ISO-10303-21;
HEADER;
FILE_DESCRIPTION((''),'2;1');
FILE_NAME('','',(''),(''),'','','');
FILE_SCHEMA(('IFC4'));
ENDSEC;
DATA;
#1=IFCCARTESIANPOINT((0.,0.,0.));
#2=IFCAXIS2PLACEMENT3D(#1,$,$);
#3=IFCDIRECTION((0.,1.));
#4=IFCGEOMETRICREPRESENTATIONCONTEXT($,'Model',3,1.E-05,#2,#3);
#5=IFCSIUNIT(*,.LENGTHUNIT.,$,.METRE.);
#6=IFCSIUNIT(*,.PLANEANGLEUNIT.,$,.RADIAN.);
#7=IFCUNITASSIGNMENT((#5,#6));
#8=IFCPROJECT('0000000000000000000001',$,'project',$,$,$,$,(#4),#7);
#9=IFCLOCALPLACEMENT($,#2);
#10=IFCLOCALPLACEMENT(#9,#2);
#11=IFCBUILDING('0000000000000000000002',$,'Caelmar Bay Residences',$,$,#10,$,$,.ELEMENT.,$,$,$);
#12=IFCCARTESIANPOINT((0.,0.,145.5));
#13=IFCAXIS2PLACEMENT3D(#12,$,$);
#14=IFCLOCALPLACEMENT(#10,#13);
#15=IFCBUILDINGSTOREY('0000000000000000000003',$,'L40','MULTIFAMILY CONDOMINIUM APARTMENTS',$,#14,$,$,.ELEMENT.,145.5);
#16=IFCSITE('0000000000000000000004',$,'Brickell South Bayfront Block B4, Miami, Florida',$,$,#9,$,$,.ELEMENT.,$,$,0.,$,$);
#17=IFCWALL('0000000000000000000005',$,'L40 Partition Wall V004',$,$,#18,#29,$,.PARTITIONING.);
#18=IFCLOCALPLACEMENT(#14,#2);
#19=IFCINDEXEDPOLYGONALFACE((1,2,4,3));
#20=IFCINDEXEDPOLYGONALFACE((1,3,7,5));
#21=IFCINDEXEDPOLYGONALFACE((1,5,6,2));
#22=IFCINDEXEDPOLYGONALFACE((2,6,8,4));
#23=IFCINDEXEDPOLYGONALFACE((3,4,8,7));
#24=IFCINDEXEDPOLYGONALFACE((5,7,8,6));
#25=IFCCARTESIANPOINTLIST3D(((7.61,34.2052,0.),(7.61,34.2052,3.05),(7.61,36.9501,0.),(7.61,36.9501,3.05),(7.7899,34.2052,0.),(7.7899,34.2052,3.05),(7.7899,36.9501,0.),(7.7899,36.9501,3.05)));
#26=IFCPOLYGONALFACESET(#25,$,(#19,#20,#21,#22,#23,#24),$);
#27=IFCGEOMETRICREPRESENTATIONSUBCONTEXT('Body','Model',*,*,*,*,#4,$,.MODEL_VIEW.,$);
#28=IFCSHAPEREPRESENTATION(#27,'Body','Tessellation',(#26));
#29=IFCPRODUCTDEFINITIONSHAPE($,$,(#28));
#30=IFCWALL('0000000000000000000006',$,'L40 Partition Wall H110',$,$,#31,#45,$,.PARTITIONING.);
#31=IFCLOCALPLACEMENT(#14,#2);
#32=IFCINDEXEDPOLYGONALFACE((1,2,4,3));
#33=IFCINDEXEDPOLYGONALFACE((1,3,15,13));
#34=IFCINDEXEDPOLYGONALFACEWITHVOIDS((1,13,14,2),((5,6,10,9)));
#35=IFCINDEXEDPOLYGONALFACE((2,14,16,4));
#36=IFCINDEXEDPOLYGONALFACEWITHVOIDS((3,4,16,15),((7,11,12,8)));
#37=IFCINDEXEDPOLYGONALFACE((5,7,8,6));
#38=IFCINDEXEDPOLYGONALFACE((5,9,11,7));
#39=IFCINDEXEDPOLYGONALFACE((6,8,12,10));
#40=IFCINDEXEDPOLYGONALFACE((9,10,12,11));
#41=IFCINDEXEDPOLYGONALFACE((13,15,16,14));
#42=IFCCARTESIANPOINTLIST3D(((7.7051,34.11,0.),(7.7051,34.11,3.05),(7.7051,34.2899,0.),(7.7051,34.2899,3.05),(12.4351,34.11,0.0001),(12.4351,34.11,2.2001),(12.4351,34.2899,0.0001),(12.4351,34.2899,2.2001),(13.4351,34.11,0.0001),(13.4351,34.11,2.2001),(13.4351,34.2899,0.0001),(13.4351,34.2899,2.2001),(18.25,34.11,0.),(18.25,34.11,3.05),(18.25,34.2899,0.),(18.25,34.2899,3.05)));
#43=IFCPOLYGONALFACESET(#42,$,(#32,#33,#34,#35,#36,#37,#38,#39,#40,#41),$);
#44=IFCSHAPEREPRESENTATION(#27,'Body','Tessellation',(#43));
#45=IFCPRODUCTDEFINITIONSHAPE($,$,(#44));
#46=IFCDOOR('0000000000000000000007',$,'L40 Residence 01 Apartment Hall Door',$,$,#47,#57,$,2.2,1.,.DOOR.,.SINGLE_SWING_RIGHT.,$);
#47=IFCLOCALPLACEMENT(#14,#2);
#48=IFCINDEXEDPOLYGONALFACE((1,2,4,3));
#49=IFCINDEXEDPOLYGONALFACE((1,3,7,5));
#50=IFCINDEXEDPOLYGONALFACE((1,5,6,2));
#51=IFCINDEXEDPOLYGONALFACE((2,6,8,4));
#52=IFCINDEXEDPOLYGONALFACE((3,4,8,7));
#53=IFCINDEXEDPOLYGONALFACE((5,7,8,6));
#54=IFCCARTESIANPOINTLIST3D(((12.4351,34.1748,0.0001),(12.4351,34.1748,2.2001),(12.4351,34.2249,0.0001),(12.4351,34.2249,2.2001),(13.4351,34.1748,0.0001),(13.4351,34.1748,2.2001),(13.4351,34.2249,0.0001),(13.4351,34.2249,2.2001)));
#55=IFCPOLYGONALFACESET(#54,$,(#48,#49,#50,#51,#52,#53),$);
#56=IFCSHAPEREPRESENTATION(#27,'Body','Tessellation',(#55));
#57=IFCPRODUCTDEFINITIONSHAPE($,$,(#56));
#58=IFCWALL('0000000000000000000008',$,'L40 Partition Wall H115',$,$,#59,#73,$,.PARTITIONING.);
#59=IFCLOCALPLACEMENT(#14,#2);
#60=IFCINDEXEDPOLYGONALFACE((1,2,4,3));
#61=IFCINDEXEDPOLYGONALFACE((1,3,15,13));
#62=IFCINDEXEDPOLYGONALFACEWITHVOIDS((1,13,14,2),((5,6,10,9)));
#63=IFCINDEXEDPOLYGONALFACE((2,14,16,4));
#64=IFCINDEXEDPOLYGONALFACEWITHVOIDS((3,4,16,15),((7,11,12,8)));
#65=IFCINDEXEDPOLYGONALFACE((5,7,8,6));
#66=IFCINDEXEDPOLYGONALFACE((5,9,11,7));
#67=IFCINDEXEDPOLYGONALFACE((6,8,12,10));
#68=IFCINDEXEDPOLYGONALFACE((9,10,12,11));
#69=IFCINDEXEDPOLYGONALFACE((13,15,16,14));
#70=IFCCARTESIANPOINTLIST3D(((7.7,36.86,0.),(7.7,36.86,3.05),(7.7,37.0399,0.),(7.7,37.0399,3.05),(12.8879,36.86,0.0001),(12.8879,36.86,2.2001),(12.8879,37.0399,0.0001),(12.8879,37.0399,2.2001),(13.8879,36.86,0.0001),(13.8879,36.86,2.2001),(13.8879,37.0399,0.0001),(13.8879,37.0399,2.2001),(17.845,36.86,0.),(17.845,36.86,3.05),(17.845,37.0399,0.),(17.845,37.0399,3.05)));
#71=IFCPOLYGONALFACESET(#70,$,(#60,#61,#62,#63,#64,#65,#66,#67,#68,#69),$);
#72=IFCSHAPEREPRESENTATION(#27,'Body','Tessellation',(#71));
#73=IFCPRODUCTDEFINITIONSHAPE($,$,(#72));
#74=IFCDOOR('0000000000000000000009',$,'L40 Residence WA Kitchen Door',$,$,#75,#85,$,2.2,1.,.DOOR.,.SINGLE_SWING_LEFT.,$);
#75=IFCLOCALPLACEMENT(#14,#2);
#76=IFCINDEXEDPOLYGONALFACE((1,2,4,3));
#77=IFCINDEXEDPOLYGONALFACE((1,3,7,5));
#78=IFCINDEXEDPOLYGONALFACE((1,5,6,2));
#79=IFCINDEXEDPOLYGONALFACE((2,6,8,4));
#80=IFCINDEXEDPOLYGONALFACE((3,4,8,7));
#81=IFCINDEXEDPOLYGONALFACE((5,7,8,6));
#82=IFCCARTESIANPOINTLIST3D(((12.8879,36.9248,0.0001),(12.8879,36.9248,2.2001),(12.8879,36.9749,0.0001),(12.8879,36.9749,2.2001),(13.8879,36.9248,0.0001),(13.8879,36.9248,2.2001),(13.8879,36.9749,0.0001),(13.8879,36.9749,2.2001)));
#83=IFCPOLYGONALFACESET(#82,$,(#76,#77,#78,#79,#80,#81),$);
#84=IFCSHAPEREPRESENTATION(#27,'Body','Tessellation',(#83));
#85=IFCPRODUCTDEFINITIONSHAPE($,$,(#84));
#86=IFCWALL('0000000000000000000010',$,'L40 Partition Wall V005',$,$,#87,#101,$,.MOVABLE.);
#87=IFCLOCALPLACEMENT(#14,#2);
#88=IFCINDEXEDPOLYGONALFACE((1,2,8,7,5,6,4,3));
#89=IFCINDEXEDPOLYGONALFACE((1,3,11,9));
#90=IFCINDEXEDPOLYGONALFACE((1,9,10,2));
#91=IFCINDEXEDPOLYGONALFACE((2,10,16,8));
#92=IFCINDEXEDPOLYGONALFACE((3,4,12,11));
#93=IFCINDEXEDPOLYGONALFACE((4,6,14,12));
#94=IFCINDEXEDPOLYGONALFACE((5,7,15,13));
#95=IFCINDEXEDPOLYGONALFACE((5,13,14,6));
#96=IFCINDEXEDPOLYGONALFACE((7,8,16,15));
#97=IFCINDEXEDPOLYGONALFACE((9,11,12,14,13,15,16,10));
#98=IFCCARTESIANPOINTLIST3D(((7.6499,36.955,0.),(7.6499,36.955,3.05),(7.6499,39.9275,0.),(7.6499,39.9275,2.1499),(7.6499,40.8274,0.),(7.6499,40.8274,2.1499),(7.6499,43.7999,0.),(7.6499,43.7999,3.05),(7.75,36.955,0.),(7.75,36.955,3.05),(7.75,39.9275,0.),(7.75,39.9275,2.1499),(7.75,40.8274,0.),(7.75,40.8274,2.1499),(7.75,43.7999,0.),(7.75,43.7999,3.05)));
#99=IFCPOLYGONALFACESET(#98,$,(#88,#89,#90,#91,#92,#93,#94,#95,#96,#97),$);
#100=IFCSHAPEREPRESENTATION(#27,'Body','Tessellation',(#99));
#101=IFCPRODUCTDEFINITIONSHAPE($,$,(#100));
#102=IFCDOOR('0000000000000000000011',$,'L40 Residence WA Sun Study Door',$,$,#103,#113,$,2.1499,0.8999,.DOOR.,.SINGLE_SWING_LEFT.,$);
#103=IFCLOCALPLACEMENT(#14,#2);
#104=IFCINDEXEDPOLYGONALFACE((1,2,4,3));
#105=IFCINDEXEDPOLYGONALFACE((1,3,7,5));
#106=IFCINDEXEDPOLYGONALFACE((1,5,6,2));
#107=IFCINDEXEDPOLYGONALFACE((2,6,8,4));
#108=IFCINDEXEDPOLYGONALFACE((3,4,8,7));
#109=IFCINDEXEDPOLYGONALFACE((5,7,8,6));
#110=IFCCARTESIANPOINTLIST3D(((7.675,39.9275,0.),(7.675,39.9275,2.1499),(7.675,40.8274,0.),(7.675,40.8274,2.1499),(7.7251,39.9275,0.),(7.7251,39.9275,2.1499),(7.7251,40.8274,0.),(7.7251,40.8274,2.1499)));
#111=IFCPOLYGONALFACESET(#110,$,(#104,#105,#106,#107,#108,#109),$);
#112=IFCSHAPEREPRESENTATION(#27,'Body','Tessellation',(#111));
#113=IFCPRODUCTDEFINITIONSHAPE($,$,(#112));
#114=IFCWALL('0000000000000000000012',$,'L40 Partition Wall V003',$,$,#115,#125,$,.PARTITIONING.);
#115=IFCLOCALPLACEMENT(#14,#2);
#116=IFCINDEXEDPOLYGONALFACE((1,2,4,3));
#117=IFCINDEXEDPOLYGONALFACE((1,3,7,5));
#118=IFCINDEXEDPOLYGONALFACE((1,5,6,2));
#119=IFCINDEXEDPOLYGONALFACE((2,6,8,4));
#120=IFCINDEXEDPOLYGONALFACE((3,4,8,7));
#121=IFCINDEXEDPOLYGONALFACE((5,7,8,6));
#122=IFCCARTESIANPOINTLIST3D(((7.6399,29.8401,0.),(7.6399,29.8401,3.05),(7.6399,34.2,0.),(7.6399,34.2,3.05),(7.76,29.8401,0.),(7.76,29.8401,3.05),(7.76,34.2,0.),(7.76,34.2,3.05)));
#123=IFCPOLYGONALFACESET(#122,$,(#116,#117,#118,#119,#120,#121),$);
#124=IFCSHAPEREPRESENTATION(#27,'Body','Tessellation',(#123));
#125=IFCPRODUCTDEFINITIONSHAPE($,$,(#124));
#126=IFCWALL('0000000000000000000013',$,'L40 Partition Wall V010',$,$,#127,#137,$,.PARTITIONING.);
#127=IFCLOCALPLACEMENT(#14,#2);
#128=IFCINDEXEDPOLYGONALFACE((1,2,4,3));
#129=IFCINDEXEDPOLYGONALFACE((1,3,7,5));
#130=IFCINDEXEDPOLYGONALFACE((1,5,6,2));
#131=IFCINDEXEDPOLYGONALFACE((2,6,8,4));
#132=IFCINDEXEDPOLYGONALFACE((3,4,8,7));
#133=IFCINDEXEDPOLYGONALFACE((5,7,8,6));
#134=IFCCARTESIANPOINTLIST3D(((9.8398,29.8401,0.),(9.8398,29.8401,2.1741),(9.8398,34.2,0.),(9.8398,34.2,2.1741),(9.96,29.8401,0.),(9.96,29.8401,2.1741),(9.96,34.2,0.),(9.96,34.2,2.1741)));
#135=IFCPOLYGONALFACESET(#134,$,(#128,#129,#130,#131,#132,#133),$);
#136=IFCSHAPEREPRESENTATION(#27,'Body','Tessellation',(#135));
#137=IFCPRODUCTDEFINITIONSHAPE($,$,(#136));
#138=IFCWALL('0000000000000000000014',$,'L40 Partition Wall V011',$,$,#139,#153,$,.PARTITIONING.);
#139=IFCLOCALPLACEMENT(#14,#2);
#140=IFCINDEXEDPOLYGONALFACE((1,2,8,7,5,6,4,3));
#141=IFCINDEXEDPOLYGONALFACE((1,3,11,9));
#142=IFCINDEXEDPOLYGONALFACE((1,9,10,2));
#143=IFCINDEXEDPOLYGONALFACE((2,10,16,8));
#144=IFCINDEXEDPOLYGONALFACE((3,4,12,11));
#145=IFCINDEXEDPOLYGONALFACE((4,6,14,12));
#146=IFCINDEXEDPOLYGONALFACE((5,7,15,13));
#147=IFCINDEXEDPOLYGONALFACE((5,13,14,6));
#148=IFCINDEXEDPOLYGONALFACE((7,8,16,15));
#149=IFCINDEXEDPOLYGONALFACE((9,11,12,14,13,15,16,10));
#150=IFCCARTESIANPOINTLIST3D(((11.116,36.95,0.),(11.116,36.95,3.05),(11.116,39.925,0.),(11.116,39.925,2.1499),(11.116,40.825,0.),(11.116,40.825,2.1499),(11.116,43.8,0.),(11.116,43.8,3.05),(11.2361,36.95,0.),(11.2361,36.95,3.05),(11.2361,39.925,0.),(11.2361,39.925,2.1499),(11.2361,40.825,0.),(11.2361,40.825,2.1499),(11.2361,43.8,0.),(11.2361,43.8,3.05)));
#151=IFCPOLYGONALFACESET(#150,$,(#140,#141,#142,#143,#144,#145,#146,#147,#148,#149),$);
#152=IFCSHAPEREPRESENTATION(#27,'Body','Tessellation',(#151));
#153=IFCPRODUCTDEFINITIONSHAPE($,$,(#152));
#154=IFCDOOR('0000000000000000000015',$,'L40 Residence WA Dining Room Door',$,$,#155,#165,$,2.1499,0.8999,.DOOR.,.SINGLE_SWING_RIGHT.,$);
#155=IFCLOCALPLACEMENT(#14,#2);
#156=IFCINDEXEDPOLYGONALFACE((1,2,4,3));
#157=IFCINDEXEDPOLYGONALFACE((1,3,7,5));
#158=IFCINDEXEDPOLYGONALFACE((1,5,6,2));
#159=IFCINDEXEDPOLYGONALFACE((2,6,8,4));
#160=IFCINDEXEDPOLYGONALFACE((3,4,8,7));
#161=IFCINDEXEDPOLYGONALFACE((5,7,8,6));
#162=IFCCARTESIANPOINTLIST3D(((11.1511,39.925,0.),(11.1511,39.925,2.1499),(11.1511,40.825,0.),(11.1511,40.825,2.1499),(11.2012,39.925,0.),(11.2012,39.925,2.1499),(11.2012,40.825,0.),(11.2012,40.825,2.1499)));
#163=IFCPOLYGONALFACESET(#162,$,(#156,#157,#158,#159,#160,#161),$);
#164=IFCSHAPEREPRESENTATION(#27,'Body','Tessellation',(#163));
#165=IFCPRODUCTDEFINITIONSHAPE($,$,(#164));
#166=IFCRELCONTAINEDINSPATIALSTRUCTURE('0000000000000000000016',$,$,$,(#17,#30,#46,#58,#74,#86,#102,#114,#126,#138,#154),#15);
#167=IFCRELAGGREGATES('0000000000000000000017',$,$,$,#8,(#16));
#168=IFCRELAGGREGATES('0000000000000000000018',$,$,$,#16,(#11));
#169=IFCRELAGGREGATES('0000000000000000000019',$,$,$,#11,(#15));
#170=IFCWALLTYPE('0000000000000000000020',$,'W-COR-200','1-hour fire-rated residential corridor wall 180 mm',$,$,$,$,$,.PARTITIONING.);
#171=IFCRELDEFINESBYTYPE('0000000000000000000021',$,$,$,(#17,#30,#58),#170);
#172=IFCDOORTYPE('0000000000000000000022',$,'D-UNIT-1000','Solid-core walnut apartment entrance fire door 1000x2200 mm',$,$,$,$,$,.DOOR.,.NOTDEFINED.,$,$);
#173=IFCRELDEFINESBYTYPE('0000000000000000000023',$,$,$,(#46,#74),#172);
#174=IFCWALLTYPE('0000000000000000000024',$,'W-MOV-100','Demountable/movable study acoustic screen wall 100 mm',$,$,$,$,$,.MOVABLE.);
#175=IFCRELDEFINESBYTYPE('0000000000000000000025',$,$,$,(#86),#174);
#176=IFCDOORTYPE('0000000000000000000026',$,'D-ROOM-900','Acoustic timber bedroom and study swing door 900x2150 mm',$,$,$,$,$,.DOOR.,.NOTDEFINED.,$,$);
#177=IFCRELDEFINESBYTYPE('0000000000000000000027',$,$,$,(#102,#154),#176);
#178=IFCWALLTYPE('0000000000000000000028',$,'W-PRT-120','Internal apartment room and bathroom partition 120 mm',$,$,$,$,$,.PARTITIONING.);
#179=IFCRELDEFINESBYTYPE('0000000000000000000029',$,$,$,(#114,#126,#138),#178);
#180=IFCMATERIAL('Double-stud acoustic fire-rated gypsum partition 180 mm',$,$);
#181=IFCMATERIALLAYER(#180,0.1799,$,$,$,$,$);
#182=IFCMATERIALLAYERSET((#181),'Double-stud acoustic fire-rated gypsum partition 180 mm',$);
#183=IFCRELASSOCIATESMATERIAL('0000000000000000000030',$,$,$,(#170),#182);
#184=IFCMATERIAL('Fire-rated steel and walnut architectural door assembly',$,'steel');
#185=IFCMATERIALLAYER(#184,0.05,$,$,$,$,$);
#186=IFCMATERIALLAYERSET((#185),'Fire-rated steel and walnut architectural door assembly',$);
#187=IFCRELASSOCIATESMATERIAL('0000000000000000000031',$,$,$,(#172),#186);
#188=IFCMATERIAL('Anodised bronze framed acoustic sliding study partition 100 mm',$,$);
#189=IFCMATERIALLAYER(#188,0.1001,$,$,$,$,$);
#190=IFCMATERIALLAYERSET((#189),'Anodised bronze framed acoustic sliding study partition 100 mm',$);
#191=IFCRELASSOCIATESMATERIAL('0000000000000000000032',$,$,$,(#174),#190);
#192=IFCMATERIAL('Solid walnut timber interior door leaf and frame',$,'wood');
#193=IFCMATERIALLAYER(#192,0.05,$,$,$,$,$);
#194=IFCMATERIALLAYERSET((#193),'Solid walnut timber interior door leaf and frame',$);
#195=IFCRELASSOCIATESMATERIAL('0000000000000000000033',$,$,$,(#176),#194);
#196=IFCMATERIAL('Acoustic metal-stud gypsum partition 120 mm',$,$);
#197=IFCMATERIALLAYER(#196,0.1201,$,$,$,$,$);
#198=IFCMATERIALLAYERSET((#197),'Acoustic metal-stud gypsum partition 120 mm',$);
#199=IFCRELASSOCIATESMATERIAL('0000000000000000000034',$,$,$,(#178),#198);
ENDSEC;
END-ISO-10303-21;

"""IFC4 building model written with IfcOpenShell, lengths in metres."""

from ifc_helpers import new_model, si_unit, direction, frame, frame_2d, origin, place, context, subcontext, project, spatial, rectangle, extrude, material, layer, layer_set, type_object, element, fill, save


model = new_model("IFC4")

# Units and contexts
model_context = context("Model", 3, precision=1e-05, world=origin(), true_north=direction((0.0, 1.0)))
body_context = subcontext(model_context, "Body", "Model", "MODEL_VIEW")
ifc_project = project(units=[si_unit("LENGTHUNIT", "METRE"), si_unit("PLANEANGLEUNIT", "RADIAN")], contexts=[model_context])

# Site, building, storey
site_placement = place(None, origin())
site = spatial("IfcSite", under=ifc_project, at=site_placement, Name="Brickell South Bayfront Block B4, Miami, Florida", CompositionType="ELEMENT", RefElevation=0.0)
building_placement = place(site_placement, origin())
building = spatial("IfcBuilding", under=site, at=building_placement, Name="Caelmar Bay Residences", CompositionType="ELEMENT")
storey_placement = place(building_placement, frame((0.0, 0.0, 145.5)))
storey = spatial("IfcBuildingStorey", under=building, at=storey_placement, Name="L40", Description="MULTIFAMILY CONDOMINIUM APARTMENTS", CompositionType="ELEMENT", Elevation=145.5)

# Wall
ifc_material_1 = material(Name="Double-stud acoustic fire-rated gypsum partition 180 mm")
ifc_layer_1 = layer(ifc_material_1, 0.1799)
ifc_layer_set_1 = layer_set([ifc_layer_1], Name="Double-stud acoustic fire-rated gypsum partition 180 mm")
wall_type_1 = type_object("IfcWallType", Name="W-COR-200", Description="1-hour fire-rated residential corridor wall 180 mm", PredefinedType="PARTITIONING", material=ifc_layer_set_1)
wall_1_placement = place(storey_placement, frame((7.7, 34.2051, 0.0), z_axis=(0.0, 0.0, 1.0), x_axis=(0.0, 1.0, 0.0)))
element("IfcWall", 1, at=wall_1_placement, inside=storey, type_object=wall_type_1, Name="L40 Partition Wall V004", PredefinedType="PARTITIONING", context=body_context, shape_type="SweptSolid", body=[
    extrude(rectangle(XDim=2.7449, YDim=0.1799, at=frame_2d((1.3726, 0.0))), origin(), (0.0, 0.0, 1.0), 3.05),
])

# Walls, openings, doors
wall_2_placement = place(storey_placement, frame((7.7051, 34.2, 0.0), z_axis=(0.0, 0.0, 1.0), x_axis=(1.0, 0.0, 0.0)))
wall_2 = element("IfcWall", 2, at=wall_2_placement, inside=storey, type_object=wall_type_1, Name="L40 Partition Wall H110", PredefinedType="PARTITIONING", context=body_context, shape_type="SweptSolid", body=[
    extrude(rectangle(XDim=10.5449, YDim=0.1799, at=frame_2d((5.2725, 0.0))), origin(), (0.0, 0.0, 1.0), 3.05),
])
opening_1_placement = place(wall_2_placement, frame((4.73, 0.0, 0.0)))
opening_1 = element("IfcOpeningElement", 3, at=opening_1_placement, cuts=wall_2, PredefinedType="OPENING", context=body_context, shape_type="SweptSolid", body=[
    extrude(rectangle(XDim=1.0, YDim=2.2, at=frame_2d((0.5, 1.1001))), frame((0.0, 0.0999, 0.0), z_axis=(0.0, -1.0, 0.0), x_axis=(1.0, 0.0, 0.0)), (0.0, 0.0, 1.0), 0.2),
])
ifc_material_2 = material(Name="Fire-rated steel and walnut architectural door assembly", Category="steel")
ifc_layer_2 = layer(ifc_material_2, 0.05)
ifc_layer_set_2 = layer_set([ifc_layer_2], Name="Fire-rated steel and walnut architectural door assembly")
door_type_1 = type_object("IfcDoorType", Name="D-UNIT-1000", Description="Solid-core walnut apartment entrance fire door 1000x2200 mm", OperationType="NOTDEFINED", PredefinedType="DOOR", material=ifc_layer_set_2)
door_1_placement = place(opening_1_placement, origin())
door_1 = element("IfcDoor", 4, at=door_1_placement, inside=storey, type_object=door_type_1, Name="L40 Residence 01 Apartment Hall Door", OperationType="SINGLE_SWING_RIGHT", OverallHeight=2.2, OverallWidth=1.0, PredefinedType="DOOR", context=body_context, shape_type="SweptSolid", body=[
    extrude(rectangle(XDim=1.0, YDim=2.2, at=frame_2d((0.5, 1.1001))), frame((0.0, 0.0249, 0.0), z_axis=(0.0, -1.0, 0.0), x_axis=(1.0, 0.0, 0.0)), (0.0, 0.0, 1.0), 0.05),
])
fill(opening_1, door_1)
wall_3_placement = place(storey_placement, frame((7.7, 36.95, 0.0), z_axis=(0.0, 0.0, 1.0), x_axis=(1.0, 0.0, 0.0)))
wall_3 = element("IfcWall", 5, at=wall_3_placement, inside=storey, type_object=wall_type_1, Name="L40 Partition Wall H115", PredefinedType="PARTITIONING", context=body_context, shape_type="SweptSolid", body=[
    extrude(rectangle(XDim=10.145, YDim=0.1799, at=frame_2d((5.0725, 0.0))), origin(), (0.0, 0.0, 1.0), 3.05),
])
opening_2_placement = place(wall_3_placement, frame((5.188, 0.0, 0.0)))
opening_2 = element("IfcOpeningElement", 6, at=opening_2_placement, cuts=wall_3, PredefinedType="OPENING", context=body_context, shape_type="SweptSolid", body=[
    extrude(rectangle(XDim=1.0, YDim=2.2, at=frame_2d((0.5, 1.1001))), frame((0.0, 0.0999, 0.0), z_axis=(0.0, -1.0, 0.0), x_axis=(1.0, 0.0, 0.0)), (0.0, 0.0, 1.0), 0.2),
])
door_2_placement = place(opening_2_placement, origin())
door_2 = element("IfcDoor", 7, at=door_2_placement, inside=storey, type_object=door_type_1, Name="L40 Residence WA Kitchen Door", OperationType="SINGLE_SWING_LEFT", OverallHeight=2.2, OverallWidth=1.0, PredefinedType="DOOR", context=body_context, shape_type="SweptSolid", body=[
    extrude(rectangle(XDim=1.0, YDim=2.2, at=frame_2d((0.5, 1.1001))), frame((0.0, 0.0249, 0.0), z_axis=(0.0, -1.0, 0.0), x_axis=(1.0, 0.0, 0.0)), (0.0, 0.0, 1.0), 0.05),
])
fill(opening_2, door_2)
ifc_material_3 = material(Name="Anodised bronze framed acoustic sliding study partition 100 mm")
ifc_layer_3 = layer(ifc_material_3, 0.1001)
ifc_layer_set_3 = layer_set([ifc_layer_3], Name="Anodised bronze framed acoustic sliding study partition 100 mm")
wall_type_2 = type_object("IfcWallType", Name="W-MOV-100", Description="Demountable/movable study acoustic screen wall 100 mm", PredefinedType="MOVABLE", material=ifc_layer_set_3)
wall_4_placement = place(storey_placement, frame((7.7, 36.9551, 0.0), z_axis=(0.0, 0.0, 1.0), x_axis=(0.0, 1.0, 0.0)))
wall_4 = element("IfcWall", 8, at=wall_4_placement, inside=storey, type_object=wall_type_2, Name="L40 Partition Wall V005", PredefinedType="MOVABLE", context=body_context, shape_type="SweptSolid", body=[
    extrude(rectangle(XDim=6.845, YDim=0.1001, at=frame_2d((3.4224, 0.0))), origin(), (0.0, 0.0, 1.0), 3.05),
])
opening_3_placement = place(wall_4_placement, frame((2.9724, 0.0, 0.0)))
opening_3 = element("IfcOpeningElement", 9, at=opening_3_placement, cuts=wall_4, PredefinedType="OPENING", context=body_context, shape_type="SweptSolid", body=[
    extrude(rectangle(XDim=0.8999, YDim=2.1499, at=frame_2d((0.45, 1.075))), frame((0.0, 0.0601, 0.0), z_axis=(0.0, -1.0, 0.0), x_axis=(1.0, 0.0, 0.0)), (0.0, 0.0, 1.0), 0.1201),
])
ifc_material_4 = material(Name="Solid walnut timber interior door leaf and frame", Category="wood")
ifc_layer_4 = layer(ifc_material_4, 0.05)
ifc_layer_set_4 = layer_set([ifc_layer_4], Name="Solid walnut timber interior door leaf and frame")
door_type_2 = type_object("IfcDoorType", Name="D-ROOM-900", Description="Acoustic timber bedroom and study swing door 900x2150 mm", OperationType="NOTDEFINED", PredefinedType="DOOR", material=ifc_layer_set_4)
door_3_placement = place(opening_3_placement, origin())
door_3 = element("IfcDoor", 10, at=door_3_placement, inside=storey, type_object=door_type_2, Name="L40 Residence WA Sun Study Door", OperationType="SINGLE_SWING_LEFT", OverallHeight=2.1499, OverallWidth=0.8999, PredefinedType="DOOR", context=body_context, shape_type="SweptSolid", body=[
    extrude(rectangle(XDim=0.8999, YDim=2.1499, at=frame_2d((0.45, 1.075))), frame((0.0, 0.0249, 0.0), z_axis=(0.0, -1.0, 0.0), x_axis=(1.0, 0.0, 0.0)), (0.0, 0.0, 1.0), 0.05),
])
fill(opening_3, door_3)

# Walls
ifc_material_5 = material(Name="Acoustic metal-stud gypsum partition 120 mm")
ifc_layer_5 = layer(ifc_material_5, 0.1201)
ifc_layer_set_5 = layer_set([ifc_layer_5], Name="Acoustic metal-stud gypsum partition 120 mm")
wall_type_3 = type_object("IfcWallType", Name="W-PRT-120", Description="Internal apartment room and bathroom partition 120 mm", PredefinedType="PARTITIONING", material=ifc_layer_set_5)
wall_5_placement = place(storey_placement, frame((7.7, 29.8401, 0.0), z_axis=(0.0, 0.0, 1.0), x_axis=(0.0, 1.0, 0.0)))
element("IfcWall", 11, at=wall_5_placement, inside=storey, type_object=wall_type_3, Name="L40 Partition Wall V003", PredefinedType="PARTITIONING", context=body_context, shape_type="SweptSolid", body=[
    extrude(rectangle(XDim=4.3599, YDim=0.1201, at=frame_2d((2.1799, 0.0))), origin(), (0.0, 0.0, 1.0), 3.05),
])
wall_6_placement = place(storey_placement, frame((9.8999, 29.8401, 0.0), z_axis=(0.0, 0.0, 1.0), x_axis=(0.0, 1.0, 0.0)))
element("IfcWall", 12, at=wall_6_placement, inside=storey, type_object=wall_type_3, Name="L40 Partition Wall V010", PredefinedType="PARTITIONING", context=body_context, shape_type="SweptSolid", body=[
    extrude(rectangle(XDim=4.3599, YDim=0.1201, at=frame_2d((2.1799, 0.0))), origin(), (0.0, 0.0, 1.0), 2.1741),
])

# Wall, opening, door
wall_7_placement = place(storey_placement, frame((11.176, 36.95, 0.0), z_axis=(0.0, 0.0, 1.0), x_axis=(0.0, 1.0, 0.0)))
wall_7 = element("IfcWall", 13, at=wall_7_placement, inside=storey, type_object=wall_type_3, Name="L40 Partition Wall V011", PredefinedType="PARTITIONING", context=body_context, shape_type="SweptSolid", body=[
    extrude(rectangle(XDim=6.8501, YDim=0.1201, at=frame_2d((3.425, 0.0))), origin(), (0.0, 0.0, 1.0), 3.05),
])
opening_4_placement = place(wall_7_placement, frame((2.9751, 0.0, 0.0)))
opening_4 = element("IfcOpeningElement", 14, at=opening_4_placement, cuts=wall_7, PredefinedType="OPENING", context=body_context, shape_type="SweptSolid", body=[
    extrude(rectangle(XDim=0.8999, YDim=2.1499, at=frame_2d((0.45, 1.075))), frame((0.0, 0.0701, 0.0), z_axis=(0.0, -1.0, 0.0), x_axis=(1.0, 0.0, 0.0)), (0.0, 0.0, 1.0), 0.1401),
])
door_4_placement = place(opening_4_placement, origin())
door_4 = element("IfcDoor", 15, at=door_4_placement, inside=storey, type_object=door_type_2, Name="L40 Residence WA Dining Room Door", OperationType="SINGLE_SWING_RIGHT", OverallHeight=2.1499, OverallWidth=0.8999, PredefinedType="DOOR", context=body_context, shape_type="SweptSolid", body=[
    extrude(rectangle(XDim=0.8999, YDim=2.1499, at=frame_2d((0.45, 1.075))), frame((0.0, 0.0249, 0.0), z_axis=(0.0, -1.0, 0.0), x_axis=(1.0, 0.0, 0.0)), (0.0, 0.0, 1.0), 0.05),
])
fill(opening_4, door_4)

save(model, "model.ifc")
